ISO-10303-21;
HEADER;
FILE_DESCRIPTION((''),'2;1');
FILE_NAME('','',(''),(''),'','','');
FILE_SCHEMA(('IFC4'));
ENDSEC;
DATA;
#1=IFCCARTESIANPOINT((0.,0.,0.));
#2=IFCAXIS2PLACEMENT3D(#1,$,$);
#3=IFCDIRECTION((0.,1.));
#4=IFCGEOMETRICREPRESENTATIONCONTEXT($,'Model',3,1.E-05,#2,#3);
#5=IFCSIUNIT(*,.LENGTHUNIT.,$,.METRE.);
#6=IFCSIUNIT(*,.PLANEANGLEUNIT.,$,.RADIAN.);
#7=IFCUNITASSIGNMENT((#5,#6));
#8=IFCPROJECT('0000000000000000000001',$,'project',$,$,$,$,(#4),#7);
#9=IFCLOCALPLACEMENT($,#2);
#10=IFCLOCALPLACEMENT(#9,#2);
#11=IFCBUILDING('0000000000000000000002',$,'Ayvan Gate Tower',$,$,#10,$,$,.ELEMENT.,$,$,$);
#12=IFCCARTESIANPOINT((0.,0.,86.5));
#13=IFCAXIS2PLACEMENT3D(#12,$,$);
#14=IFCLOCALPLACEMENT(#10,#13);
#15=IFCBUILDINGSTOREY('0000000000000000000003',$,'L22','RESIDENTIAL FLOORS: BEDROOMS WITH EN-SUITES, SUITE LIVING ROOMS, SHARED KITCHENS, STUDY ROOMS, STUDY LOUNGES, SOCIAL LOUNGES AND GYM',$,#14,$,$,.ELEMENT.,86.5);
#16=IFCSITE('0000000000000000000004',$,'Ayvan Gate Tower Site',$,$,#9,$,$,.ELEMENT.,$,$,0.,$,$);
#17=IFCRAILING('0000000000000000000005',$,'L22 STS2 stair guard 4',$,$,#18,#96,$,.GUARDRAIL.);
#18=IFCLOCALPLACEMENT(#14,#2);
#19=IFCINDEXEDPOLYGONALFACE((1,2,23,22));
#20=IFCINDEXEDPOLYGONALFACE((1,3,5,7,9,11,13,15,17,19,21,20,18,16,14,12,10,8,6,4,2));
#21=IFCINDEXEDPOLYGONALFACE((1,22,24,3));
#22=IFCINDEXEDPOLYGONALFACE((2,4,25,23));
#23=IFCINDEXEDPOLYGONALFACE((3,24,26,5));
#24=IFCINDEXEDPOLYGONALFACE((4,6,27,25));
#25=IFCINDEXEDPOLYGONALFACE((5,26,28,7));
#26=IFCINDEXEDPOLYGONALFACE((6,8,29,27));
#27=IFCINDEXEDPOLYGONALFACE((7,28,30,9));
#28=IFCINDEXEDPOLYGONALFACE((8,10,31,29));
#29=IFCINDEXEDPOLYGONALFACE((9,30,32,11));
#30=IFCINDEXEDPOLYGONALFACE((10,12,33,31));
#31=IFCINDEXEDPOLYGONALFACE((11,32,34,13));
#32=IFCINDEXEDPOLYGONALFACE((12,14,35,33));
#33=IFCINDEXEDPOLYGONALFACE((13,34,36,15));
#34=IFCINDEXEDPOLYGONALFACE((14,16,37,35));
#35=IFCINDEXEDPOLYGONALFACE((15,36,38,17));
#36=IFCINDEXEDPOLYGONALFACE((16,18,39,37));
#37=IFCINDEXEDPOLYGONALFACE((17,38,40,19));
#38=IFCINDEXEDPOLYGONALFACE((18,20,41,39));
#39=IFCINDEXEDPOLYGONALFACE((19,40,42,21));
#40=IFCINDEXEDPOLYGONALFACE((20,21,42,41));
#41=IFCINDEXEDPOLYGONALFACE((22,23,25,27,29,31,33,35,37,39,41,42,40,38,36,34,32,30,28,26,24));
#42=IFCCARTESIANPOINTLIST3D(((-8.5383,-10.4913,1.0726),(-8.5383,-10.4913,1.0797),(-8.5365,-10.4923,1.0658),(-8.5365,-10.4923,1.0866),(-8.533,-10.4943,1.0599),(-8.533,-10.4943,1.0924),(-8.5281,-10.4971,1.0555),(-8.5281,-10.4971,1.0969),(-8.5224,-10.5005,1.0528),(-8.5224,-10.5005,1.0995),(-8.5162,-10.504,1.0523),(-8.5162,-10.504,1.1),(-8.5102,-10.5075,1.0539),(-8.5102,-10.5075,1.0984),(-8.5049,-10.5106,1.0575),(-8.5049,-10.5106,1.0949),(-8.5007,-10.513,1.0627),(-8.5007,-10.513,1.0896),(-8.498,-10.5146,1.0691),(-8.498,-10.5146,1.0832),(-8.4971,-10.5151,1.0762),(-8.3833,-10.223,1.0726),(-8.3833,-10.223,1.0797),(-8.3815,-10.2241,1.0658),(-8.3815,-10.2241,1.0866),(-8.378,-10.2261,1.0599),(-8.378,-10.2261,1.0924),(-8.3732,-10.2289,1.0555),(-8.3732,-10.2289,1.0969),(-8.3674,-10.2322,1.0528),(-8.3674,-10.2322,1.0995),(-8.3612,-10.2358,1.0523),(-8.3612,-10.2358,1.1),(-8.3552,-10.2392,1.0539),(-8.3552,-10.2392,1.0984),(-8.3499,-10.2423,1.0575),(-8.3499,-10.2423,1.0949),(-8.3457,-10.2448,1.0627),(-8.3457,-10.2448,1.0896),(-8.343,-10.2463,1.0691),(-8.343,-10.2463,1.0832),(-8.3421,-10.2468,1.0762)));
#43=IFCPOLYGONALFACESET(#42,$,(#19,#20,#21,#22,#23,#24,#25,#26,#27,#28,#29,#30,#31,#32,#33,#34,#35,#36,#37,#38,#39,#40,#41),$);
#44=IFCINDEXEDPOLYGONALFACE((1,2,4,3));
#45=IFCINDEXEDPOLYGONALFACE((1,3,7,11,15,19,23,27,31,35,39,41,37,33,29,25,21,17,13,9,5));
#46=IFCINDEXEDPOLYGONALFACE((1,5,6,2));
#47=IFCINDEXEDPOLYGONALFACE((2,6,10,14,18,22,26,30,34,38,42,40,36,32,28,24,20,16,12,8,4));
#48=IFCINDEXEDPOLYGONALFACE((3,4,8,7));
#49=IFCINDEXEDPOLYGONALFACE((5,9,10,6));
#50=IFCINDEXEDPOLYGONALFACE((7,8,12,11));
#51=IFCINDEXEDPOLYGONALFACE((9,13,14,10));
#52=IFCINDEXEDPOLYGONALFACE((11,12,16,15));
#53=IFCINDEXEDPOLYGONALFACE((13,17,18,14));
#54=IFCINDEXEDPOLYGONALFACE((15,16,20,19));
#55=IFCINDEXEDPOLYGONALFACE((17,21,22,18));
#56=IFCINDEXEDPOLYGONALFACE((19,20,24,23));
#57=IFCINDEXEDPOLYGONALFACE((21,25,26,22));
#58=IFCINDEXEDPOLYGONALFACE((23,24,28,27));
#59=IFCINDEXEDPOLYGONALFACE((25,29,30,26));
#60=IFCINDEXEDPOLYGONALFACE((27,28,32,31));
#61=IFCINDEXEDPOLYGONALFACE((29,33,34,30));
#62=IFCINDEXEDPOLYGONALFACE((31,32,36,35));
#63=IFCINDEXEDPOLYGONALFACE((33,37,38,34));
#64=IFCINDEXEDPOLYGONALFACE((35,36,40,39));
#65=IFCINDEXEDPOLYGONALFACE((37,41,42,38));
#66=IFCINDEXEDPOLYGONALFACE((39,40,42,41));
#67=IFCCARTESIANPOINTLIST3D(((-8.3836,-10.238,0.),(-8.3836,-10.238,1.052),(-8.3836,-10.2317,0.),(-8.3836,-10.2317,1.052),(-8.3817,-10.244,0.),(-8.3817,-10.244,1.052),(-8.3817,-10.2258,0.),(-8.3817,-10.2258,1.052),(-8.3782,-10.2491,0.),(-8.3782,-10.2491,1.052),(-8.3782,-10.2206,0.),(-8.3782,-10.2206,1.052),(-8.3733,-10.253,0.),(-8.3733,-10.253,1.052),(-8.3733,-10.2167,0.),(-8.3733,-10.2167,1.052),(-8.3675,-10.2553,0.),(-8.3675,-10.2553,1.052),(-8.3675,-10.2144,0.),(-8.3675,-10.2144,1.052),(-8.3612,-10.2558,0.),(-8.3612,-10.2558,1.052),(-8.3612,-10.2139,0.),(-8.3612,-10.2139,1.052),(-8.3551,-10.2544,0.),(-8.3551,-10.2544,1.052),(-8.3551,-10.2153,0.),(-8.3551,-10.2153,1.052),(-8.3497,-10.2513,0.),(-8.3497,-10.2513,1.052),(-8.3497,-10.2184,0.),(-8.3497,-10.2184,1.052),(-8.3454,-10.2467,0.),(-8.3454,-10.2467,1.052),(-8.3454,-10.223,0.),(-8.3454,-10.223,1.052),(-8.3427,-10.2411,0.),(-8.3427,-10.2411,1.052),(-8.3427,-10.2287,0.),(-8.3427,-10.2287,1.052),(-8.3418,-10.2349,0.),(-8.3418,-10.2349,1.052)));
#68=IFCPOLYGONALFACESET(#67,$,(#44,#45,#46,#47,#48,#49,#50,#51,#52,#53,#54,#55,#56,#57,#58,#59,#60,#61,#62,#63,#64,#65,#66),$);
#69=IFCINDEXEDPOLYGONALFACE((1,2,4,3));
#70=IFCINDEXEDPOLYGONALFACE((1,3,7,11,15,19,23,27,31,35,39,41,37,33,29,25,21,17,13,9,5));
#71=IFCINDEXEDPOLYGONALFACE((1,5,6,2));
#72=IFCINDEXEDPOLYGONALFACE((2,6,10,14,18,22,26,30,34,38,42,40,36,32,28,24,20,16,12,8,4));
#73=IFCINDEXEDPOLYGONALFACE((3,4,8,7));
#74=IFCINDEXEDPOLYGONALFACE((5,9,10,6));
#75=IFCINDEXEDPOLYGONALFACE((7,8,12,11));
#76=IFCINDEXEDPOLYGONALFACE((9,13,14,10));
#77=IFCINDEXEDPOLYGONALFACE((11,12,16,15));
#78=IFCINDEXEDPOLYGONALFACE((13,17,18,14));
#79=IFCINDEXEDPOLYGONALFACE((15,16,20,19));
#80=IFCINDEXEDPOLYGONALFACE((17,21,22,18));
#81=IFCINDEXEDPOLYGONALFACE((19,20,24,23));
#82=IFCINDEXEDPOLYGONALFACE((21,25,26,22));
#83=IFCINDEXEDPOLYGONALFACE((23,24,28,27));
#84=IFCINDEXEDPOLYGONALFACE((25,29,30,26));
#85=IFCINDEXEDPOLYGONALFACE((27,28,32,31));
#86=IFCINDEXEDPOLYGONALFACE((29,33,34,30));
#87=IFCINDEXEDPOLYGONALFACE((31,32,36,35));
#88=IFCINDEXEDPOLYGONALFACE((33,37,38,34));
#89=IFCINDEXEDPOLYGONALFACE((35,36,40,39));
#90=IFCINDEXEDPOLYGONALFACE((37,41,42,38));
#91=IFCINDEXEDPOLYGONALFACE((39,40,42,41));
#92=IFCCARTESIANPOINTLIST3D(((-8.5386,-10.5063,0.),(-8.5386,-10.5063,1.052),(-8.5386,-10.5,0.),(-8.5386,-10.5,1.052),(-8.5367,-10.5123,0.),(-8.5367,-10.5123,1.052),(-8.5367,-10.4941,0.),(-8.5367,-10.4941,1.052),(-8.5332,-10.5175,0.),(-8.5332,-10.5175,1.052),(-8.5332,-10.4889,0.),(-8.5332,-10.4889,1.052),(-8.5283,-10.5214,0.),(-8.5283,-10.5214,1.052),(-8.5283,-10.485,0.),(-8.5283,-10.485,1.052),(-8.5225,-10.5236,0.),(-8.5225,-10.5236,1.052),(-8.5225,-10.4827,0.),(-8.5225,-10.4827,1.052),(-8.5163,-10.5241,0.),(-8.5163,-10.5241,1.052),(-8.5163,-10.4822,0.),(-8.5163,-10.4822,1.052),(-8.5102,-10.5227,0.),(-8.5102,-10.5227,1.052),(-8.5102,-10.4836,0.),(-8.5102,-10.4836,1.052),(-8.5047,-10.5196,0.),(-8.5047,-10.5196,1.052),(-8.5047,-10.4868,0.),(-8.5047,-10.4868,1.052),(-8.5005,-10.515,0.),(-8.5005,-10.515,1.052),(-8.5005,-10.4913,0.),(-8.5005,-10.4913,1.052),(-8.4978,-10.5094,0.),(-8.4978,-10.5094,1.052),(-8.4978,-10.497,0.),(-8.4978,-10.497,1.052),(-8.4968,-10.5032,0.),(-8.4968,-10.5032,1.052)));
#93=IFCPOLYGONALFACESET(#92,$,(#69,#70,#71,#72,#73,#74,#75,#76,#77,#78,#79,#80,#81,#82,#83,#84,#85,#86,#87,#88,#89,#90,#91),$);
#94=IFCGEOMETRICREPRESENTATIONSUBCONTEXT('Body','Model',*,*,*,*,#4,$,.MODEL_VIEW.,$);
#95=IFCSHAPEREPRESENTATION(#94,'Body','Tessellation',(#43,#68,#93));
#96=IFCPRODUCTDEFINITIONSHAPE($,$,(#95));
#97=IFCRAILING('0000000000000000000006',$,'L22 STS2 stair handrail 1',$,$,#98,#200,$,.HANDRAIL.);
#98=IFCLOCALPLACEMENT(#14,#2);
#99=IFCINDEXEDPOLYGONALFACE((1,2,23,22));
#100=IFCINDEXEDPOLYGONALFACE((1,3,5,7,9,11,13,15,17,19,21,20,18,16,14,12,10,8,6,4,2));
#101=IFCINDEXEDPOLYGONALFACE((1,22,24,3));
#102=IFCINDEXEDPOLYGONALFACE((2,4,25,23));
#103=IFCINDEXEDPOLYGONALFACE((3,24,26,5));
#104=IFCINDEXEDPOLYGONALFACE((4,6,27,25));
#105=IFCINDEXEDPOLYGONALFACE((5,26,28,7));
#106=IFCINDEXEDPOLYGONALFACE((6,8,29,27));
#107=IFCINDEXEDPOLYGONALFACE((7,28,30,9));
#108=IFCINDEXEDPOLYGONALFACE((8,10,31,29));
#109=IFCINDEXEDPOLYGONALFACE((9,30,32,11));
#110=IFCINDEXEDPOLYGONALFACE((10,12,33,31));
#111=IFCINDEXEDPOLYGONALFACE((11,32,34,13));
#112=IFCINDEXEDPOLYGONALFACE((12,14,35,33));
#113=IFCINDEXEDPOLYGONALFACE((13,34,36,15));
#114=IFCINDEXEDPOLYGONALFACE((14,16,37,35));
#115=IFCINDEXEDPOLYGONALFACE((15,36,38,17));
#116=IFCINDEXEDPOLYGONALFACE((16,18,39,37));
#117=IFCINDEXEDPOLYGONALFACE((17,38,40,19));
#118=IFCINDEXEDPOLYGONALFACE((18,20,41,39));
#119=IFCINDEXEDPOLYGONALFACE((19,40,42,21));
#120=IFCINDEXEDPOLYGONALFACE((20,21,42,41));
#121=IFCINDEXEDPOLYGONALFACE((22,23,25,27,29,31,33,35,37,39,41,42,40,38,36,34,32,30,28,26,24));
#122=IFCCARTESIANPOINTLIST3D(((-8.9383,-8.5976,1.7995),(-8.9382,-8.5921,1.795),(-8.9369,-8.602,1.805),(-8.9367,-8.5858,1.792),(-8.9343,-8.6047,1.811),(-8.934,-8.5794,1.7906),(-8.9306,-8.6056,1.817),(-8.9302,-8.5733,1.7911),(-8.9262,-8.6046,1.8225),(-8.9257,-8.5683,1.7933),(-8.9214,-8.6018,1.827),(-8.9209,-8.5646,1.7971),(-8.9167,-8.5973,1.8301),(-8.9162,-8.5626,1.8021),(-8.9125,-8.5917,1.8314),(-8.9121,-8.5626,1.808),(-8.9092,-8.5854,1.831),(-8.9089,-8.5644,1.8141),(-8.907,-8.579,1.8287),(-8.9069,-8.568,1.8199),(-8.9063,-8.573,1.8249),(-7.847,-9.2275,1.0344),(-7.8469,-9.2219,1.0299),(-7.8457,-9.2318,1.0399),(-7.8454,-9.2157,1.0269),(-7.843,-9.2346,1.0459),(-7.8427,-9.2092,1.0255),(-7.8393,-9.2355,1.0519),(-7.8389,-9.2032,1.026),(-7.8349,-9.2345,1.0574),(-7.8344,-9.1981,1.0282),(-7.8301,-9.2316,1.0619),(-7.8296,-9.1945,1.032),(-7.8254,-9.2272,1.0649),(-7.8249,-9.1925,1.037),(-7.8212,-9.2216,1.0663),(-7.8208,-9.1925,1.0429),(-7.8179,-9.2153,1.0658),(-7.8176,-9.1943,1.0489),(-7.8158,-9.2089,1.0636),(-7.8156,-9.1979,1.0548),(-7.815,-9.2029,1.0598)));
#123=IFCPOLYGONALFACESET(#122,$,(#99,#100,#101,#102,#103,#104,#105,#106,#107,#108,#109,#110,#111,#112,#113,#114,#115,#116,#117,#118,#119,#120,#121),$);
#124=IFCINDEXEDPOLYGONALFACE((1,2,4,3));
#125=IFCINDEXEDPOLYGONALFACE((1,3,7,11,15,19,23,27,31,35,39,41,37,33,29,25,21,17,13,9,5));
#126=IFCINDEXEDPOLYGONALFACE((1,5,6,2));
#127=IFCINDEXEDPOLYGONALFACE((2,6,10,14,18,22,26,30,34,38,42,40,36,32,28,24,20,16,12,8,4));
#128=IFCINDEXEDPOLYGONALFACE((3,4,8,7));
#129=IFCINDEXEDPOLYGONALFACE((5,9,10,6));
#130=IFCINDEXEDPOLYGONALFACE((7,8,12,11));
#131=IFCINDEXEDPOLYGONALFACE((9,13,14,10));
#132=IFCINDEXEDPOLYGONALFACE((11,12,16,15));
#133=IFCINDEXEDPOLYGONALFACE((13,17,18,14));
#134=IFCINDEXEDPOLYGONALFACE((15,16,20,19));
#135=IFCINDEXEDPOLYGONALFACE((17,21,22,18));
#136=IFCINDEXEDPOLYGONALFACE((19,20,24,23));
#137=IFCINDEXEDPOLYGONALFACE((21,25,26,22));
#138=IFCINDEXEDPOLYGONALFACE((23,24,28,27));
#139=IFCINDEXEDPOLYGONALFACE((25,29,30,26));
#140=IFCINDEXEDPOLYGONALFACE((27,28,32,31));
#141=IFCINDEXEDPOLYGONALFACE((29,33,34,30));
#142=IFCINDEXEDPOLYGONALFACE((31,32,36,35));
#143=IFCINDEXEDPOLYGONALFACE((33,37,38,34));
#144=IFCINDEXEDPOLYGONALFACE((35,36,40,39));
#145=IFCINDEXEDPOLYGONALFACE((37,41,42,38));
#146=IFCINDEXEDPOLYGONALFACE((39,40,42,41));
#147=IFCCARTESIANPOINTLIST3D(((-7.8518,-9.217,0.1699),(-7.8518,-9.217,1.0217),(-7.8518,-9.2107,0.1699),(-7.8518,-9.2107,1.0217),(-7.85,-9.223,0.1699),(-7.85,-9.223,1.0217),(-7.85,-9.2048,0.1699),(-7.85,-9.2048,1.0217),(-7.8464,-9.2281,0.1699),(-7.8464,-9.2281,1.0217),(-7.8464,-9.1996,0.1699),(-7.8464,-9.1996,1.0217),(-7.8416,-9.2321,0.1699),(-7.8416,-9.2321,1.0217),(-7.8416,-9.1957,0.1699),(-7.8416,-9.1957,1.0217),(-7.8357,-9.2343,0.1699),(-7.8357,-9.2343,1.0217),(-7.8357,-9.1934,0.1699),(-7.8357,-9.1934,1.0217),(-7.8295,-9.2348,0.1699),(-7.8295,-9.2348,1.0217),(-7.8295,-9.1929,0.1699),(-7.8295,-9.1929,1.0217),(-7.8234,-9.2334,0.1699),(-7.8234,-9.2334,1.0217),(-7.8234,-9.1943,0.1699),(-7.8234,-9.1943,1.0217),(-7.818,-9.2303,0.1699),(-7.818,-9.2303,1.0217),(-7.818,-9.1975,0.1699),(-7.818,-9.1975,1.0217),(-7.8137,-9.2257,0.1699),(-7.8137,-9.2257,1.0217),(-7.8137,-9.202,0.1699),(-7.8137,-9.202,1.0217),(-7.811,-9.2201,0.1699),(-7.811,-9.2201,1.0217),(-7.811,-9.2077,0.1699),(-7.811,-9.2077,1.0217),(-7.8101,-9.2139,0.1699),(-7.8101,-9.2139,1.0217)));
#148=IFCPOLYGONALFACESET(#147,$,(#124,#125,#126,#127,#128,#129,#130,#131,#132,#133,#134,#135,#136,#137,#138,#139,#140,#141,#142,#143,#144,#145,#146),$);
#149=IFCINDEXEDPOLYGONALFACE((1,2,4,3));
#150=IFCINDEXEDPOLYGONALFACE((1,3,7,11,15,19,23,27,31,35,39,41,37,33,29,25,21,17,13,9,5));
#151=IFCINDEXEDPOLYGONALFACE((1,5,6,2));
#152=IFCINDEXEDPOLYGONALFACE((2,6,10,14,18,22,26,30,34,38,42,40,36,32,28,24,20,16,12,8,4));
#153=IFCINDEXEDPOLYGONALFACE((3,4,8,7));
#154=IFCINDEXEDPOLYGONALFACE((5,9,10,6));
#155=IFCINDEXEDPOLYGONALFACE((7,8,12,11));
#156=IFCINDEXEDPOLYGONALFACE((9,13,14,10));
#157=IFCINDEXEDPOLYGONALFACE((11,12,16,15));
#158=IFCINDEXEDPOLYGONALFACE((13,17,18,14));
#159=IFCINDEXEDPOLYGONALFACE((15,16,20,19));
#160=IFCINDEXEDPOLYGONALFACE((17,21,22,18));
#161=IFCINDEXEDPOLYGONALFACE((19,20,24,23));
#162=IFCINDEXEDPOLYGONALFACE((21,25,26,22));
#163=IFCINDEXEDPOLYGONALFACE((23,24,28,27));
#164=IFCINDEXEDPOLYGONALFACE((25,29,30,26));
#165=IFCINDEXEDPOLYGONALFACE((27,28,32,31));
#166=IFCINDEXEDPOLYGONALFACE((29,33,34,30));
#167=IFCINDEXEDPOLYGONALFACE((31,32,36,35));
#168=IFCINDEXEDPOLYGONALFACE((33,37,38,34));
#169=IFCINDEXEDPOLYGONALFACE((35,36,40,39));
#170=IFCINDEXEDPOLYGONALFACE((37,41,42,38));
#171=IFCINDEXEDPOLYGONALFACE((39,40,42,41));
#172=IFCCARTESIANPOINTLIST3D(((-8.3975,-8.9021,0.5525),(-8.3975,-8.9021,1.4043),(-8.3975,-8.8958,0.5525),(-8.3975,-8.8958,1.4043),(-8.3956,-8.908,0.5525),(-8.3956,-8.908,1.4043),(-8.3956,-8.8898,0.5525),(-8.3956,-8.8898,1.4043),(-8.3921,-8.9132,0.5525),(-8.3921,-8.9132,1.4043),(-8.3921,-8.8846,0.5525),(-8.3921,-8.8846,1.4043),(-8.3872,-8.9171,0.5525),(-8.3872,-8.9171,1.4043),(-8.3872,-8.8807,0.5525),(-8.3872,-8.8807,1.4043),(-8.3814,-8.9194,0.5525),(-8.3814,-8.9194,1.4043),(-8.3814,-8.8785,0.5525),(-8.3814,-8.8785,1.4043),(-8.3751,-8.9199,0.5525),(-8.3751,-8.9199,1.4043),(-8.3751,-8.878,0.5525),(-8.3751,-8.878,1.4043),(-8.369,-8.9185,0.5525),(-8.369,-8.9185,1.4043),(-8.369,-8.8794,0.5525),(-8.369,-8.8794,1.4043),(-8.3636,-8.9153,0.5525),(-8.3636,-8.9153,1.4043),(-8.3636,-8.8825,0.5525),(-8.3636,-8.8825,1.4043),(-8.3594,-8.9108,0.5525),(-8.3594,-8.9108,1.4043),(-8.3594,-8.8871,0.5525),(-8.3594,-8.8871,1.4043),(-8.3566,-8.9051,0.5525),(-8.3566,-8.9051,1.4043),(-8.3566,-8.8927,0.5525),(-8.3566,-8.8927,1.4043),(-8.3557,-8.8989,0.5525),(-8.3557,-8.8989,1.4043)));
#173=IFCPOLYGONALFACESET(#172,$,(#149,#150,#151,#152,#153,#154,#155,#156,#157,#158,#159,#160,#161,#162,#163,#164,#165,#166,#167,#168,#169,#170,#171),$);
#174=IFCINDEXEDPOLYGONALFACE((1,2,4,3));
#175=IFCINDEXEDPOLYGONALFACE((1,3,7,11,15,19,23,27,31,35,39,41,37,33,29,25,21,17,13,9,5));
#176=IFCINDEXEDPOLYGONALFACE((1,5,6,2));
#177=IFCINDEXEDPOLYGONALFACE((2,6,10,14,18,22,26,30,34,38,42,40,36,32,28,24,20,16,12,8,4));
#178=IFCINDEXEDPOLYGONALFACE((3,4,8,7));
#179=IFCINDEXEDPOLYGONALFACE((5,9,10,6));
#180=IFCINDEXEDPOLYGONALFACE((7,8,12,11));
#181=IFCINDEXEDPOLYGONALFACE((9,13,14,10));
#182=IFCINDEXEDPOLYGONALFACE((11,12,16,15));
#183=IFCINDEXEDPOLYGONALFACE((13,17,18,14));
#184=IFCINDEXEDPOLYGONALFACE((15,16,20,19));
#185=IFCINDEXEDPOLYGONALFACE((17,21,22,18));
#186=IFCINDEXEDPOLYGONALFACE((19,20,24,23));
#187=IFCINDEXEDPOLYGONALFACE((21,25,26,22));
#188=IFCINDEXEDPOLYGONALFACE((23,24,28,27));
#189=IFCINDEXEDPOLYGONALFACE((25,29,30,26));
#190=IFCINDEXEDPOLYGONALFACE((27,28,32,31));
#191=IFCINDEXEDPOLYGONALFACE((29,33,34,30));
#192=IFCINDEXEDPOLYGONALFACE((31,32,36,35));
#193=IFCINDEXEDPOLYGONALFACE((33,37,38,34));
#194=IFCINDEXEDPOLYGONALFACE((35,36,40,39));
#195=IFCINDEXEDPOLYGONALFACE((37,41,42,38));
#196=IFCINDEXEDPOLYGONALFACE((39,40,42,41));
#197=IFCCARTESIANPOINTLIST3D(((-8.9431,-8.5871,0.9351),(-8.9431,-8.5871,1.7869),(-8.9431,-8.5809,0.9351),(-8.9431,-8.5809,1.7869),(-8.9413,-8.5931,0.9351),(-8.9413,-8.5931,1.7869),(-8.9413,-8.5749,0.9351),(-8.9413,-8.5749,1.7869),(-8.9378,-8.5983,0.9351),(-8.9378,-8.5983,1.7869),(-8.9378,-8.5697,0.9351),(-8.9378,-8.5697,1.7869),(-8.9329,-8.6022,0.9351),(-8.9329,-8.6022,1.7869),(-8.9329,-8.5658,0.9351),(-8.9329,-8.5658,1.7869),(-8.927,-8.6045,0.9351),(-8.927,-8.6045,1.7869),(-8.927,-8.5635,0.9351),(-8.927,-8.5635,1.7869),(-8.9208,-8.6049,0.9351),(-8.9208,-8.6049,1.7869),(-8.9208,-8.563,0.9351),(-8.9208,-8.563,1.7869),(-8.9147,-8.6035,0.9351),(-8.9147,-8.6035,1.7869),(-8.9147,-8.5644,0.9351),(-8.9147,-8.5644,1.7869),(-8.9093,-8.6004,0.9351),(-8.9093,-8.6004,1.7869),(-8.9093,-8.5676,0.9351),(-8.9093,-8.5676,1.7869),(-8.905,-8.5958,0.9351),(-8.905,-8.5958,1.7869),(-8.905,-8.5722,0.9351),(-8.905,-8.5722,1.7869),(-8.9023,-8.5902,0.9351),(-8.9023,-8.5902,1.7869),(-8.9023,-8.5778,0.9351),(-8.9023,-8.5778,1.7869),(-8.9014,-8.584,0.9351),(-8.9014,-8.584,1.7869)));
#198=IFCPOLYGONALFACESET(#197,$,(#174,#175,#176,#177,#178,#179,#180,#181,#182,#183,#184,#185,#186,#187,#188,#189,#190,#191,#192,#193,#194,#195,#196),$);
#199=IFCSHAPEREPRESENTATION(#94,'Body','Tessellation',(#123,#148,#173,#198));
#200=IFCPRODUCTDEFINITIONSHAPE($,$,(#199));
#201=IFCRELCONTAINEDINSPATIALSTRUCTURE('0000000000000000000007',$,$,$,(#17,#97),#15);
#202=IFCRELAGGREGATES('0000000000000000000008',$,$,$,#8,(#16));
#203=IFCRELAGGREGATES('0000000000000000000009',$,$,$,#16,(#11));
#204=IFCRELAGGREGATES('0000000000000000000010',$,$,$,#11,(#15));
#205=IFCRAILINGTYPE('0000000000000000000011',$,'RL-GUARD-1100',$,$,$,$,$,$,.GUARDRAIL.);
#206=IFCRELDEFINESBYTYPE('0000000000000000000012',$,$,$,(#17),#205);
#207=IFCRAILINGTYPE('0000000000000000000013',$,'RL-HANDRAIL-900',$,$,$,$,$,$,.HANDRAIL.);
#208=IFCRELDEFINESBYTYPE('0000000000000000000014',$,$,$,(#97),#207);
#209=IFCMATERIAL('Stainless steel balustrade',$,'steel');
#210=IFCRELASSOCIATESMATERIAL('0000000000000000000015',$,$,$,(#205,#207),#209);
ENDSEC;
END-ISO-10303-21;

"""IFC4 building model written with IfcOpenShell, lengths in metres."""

from ifc_helpers import new_model, si_unit, direction, frame, origin, origin_2d, place, context, subcontext, project, spatial, circle, extrude, material, type_object, element, save


model = new_model("IFC4")

# Units and contexts
model_context = context("Model", 3, precision=1e-05, world=origin(), true_north=direction((0.0, 1.0)))
body_context = subcontext(model_context, "Body", "Model", "MODEL_VIEW")
ifc_project = project(units=[si_unit("LENGTHUNIT", "METRE"), si_unit("PLANEANGLEUNIT", "RADIAN")], contexts=[model_context])

# Site, building, storey
site_placement = place(None, origin())
site = spatial("IfcSite", under=ifc_project, at=site_placement, Name="Ayvan Gate Tower Site", CompositionType="ELEMENT", RefElevation=0.0)
building_placement = place(site_placement, origin())
building = spatial("IfcBuilding", under=site, at=building_placement, Name="Ayvan Gate Tower", CompositionType="ELEMENT")
storey_placement = place(building_placement, frame((0.0, 0.0, 86.5)))
storey = spatial("IfcBuildingStorey", under=building, at=storey_placement, Name="L22", Description="RESIDENTIAL FLOORS: BEDROOMS WITH EN-SUITES, SUITE LIVING ROOMS, SHARED KITCHENS, STUDY ROOMS, STUDY LOUNGES, SOCIAL LOUNGES AND GYM", CompositionType="ELEMENT", Elevation=86.5)

# Railings
ifc_material_1 = material(Name="Stainless steel balustrade", Category="steel")
railing_type_1 = type_object("IfcRailingType", Name="RL-GUARD-1100", PredefinedType="GUARDRAIL", material=ifc_material_1)
railing_1_placement = place(storey_placement, frame((-8.3628, -10.2349, 0.0)))
element("IfcRailing", 1, at=railing_1_placement, inside=storey, type_object=railing_type_1, Name="L22 STS2 stair guard 4", PredefinedType="GUARDRAIL", context=body_context, shape_type="SweptSolid", body=[
    extrude(circle(Radius=0.0239, at=origin_2d()), frame((0.0, 0.0, 1.0762), z_axis=(-0.500291, -0.865857, 0.0), x_axis=(0.865857, -0.500291, 0.0)), (0.0, 0.0, 1.0), 0.3098),
    extrude(circle(Radius=0.021, at=origin_2d()), origin(), (0.0, 0.0, 1.0), 1.052),
    extrude(circle(Radius=0.021, at=origin_2d()), frame((-0.155, -0.2683, 0.0)), (0.0, 0.0, 1.0), 1.052),
])
railing_type_2 = type_object("IfcRailingType", Name="RL-HANDRAIL-900", PredefinedType="HANDRAIL", material=ifc_material_1)
railing_2_placement = place(storey_placement, frame((-7.8311, -9.2139, 0.1699)))
element("IfcRailing", 2, at=railing_2_placement, inside=storey, type_object=railing_type_2, Name="L22 STS2 stair handrail 1", PredefinedType="HANDRAIL", context=body_context, shape_type="SweptSolid", body=[
    extrude(circle(Radius=0.0239, at=origin_2d()), frame((0.0, 0.0, 0.876), z_axis=(-0.740293, 0.427283, 0.519033), x_axis=(-0.49989, -0.866089, 0.0)), (0.0, 0.0, 1.0), 1.4741),
    extrude(circle(Radius=0.021, at=origin_2d()), origin(), (0.0, 0.0, 1.0), 0.8518),
    extrude(circle(Radius=0.021, at=origin_2d()), frame((-0.5457, 0.3149, 0.3826)), (0.0, 0.0, 1.0), 0.8518),
    extrude(circle(Radius=0.021, at=origin_2d()), frame((-1.0913, 0.6299, 0.7651)), (0.0, 0.0, 1.0), 0.8518),
])

save(model, "model.ifc")
